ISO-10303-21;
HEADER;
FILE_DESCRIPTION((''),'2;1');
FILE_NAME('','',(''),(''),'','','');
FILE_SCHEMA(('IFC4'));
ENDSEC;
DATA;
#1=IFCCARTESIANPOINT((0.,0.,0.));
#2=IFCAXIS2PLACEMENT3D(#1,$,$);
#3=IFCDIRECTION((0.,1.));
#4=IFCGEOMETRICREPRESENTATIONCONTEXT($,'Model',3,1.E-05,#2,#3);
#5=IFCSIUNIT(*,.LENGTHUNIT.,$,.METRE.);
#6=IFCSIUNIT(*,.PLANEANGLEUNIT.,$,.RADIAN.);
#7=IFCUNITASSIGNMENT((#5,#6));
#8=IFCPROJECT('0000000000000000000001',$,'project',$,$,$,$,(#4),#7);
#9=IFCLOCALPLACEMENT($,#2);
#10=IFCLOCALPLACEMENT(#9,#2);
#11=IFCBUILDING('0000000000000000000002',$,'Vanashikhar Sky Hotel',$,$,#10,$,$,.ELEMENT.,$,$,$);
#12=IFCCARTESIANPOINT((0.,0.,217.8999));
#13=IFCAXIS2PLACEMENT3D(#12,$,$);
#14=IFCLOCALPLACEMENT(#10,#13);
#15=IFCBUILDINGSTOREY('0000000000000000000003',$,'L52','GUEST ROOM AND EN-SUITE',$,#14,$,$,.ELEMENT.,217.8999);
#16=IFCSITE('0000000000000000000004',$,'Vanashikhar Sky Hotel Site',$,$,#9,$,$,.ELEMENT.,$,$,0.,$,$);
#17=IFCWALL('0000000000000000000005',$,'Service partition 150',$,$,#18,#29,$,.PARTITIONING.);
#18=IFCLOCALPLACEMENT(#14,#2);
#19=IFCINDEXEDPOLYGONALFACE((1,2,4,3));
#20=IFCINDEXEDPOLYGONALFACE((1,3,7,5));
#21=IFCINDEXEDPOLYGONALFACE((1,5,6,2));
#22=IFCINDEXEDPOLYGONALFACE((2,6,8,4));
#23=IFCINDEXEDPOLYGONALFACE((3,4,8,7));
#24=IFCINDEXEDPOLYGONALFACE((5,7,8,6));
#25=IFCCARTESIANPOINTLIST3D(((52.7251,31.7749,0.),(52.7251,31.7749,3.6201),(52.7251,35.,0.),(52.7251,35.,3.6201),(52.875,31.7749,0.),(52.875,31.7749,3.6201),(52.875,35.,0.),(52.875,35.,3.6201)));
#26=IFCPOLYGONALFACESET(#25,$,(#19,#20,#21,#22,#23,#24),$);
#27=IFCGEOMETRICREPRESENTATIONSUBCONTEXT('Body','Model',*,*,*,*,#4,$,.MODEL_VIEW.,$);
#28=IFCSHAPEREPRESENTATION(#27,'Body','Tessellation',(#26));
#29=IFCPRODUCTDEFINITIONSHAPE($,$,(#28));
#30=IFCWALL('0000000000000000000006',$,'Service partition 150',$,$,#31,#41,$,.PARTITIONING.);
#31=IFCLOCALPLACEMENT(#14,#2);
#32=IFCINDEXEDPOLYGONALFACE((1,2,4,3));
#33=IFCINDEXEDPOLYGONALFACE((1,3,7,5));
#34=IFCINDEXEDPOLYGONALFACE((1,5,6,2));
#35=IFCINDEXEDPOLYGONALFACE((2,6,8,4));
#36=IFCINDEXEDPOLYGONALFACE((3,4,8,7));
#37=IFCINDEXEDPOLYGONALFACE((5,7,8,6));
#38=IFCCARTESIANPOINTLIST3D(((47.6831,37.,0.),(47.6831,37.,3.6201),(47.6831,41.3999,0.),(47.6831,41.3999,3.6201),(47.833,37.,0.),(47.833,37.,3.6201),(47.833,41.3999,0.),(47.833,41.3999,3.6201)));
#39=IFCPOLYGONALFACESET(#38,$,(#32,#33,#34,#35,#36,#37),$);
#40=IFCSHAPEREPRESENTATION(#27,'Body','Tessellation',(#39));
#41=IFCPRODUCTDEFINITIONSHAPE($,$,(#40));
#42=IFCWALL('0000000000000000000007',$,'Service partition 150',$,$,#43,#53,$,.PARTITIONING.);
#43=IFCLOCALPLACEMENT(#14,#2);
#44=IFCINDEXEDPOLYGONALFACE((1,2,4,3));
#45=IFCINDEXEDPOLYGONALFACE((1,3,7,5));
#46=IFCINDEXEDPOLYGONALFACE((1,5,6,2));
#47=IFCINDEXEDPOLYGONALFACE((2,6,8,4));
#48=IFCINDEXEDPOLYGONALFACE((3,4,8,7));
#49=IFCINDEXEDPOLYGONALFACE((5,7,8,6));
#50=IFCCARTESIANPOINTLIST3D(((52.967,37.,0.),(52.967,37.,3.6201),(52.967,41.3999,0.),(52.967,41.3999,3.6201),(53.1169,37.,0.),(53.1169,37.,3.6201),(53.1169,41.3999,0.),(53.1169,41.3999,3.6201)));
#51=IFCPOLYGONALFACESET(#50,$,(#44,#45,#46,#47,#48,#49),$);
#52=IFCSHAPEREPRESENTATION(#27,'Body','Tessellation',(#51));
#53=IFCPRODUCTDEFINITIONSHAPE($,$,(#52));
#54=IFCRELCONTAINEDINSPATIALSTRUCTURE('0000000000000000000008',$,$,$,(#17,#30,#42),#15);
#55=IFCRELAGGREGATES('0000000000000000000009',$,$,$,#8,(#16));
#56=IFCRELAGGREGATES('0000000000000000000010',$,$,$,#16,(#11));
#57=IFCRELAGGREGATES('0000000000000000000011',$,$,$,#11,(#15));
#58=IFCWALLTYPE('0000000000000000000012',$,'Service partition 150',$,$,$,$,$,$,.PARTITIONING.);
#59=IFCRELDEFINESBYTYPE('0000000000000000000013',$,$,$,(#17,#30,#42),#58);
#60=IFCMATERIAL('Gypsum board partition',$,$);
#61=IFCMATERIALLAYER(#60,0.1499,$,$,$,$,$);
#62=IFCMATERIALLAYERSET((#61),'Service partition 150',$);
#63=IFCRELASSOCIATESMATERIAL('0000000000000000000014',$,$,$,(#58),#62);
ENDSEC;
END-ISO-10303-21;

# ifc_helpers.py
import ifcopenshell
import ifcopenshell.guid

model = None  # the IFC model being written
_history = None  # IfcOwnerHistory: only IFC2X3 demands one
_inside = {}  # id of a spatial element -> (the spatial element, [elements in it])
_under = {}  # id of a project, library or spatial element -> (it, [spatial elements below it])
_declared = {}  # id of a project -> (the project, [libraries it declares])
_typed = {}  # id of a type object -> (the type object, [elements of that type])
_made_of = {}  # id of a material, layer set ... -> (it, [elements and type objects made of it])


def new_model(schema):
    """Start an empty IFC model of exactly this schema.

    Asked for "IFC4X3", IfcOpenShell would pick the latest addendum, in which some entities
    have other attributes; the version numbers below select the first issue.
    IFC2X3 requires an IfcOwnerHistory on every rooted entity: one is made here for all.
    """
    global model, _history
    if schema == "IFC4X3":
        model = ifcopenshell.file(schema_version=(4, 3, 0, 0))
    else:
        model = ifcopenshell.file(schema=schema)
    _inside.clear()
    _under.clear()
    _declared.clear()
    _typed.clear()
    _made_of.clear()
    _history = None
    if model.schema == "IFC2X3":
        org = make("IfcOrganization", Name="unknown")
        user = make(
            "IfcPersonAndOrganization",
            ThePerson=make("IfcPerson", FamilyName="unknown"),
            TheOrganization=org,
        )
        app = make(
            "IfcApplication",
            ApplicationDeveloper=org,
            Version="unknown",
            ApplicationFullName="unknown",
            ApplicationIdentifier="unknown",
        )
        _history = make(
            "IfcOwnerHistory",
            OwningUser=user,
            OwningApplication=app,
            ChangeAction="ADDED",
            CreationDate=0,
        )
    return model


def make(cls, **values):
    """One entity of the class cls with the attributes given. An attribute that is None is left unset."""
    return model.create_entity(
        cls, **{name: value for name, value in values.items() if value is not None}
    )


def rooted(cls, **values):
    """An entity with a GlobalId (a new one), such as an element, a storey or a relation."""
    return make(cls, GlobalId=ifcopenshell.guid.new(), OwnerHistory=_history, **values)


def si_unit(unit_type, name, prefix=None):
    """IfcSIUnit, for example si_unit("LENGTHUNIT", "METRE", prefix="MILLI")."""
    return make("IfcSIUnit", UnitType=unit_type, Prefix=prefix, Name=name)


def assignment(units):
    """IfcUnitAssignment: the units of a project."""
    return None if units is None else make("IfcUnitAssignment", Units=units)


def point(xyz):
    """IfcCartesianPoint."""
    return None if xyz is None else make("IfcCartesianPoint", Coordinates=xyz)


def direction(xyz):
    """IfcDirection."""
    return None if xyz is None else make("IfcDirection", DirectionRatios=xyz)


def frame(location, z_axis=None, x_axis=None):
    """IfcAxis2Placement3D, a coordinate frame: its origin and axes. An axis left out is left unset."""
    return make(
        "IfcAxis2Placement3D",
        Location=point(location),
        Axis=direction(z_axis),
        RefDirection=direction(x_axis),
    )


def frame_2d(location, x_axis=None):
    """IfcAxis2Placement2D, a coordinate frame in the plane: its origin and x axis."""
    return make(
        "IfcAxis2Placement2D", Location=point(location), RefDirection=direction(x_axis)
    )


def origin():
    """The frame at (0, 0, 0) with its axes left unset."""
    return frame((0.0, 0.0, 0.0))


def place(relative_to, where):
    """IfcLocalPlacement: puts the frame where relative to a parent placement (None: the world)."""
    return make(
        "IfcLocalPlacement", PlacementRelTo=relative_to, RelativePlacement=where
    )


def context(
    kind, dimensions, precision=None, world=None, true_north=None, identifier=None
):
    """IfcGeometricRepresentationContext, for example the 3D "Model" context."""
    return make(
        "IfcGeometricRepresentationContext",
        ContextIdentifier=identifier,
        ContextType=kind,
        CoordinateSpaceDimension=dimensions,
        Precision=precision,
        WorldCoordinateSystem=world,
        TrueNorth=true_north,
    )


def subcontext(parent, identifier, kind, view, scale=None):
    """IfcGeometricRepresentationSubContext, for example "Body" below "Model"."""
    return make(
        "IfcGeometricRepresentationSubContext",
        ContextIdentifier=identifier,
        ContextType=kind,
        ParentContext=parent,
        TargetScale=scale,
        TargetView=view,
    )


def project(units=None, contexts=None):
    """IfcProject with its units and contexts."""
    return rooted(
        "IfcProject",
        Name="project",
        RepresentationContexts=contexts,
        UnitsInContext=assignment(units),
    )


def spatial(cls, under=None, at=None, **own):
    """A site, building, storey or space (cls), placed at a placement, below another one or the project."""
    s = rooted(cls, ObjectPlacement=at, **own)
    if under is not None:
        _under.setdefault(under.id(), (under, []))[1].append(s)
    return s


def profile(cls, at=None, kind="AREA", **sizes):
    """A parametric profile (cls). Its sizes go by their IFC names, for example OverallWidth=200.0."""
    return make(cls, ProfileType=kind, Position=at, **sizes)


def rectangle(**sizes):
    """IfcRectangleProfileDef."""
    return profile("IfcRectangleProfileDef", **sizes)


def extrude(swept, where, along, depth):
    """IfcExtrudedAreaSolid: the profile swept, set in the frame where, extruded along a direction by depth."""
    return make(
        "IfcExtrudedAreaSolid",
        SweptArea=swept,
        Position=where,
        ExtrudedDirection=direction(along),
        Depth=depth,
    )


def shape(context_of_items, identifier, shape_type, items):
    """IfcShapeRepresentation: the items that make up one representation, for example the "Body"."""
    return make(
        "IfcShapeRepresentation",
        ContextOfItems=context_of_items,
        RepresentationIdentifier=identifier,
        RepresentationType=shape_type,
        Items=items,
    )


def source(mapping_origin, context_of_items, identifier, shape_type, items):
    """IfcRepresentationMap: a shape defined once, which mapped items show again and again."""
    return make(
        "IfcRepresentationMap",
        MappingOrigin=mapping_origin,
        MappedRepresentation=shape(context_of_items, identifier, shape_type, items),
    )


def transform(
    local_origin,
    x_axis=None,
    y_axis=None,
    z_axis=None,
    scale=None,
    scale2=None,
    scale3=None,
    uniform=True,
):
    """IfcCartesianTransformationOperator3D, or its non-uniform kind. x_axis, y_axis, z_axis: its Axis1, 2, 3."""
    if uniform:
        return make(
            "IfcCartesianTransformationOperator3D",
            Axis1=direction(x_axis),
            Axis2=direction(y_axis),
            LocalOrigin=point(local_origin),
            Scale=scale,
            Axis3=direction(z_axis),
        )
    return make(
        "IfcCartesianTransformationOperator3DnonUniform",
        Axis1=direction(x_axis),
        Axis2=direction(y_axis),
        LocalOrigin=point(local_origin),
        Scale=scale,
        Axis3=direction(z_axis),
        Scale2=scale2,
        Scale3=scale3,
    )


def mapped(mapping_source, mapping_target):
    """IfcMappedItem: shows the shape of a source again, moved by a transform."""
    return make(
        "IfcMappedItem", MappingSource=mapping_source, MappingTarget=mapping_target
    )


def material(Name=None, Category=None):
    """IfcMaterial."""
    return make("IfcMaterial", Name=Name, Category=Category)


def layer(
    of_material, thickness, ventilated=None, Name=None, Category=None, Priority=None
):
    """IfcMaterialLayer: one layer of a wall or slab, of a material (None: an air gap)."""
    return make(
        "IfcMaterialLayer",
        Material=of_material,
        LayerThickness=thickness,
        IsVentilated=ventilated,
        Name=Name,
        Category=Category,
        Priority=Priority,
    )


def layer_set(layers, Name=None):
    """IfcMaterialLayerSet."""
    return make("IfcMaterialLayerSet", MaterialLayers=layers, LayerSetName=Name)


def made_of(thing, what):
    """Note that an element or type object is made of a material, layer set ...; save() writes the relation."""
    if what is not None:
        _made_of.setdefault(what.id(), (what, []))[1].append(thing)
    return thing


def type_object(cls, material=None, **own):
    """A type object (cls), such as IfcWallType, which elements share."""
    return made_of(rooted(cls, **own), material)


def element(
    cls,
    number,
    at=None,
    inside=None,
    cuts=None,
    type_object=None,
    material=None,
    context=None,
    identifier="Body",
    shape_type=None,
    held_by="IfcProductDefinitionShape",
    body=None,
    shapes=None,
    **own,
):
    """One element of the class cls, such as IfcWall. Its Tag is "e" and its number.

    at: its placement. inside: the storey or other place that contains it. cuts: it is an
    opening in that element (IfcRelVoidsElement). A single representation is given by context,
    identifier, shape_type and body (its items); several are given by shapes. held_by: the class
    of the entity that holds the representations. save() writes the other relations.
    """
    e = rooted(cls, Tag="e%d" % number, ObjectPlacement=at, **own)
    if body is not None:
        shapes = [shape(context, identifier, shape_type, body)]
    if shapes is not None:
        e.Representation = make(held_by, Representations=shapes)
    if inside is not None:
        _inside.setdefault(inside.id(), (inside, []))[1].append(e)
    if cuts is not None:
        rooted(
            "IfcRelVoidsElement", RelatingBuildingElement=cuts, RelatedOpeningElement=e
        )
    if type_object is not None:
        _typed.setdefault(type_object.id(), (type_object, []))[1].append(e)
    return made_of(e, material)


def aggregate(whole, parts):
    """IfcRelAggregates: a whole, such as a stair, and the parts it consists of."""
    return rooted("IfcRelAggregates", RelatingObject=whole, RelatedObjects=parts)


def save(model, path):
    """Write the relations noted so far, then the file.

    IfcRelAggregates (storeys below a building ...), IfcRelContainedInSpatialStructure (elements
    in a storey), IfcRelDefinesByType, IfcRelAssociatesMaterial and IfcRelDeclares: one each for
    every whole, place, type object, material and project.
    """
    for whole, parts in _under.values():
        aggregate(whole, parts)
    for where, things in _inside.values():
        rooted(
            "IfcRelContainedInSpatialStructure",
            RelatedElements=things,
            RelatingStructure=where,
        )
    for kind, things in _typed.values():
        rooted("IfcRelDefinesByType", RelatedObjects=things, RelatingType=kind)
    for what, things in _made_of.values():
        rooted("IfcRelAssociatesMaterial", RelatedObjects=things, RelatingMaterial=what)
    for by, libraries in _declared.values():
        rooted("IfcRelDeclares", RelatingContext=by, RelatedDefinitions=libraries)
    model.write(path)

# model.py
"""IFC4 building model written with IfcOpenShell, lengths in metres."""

from ifc_helpers import new_model, si_unit, direction, frame, frame_2d, origin, place, context, subcontext, project, spatial, rectangle, extrude, source, transform, mapped, material, layer, layer_set, type_object, element, save


model = new_model("IFC4")

# Units and contexts
model_context = context("Model", 3, precision=1e-05, world=origin(), true_north=direction((0.0, 1.0)))
body_context = subcontext(model_context, "Body", "Model", "MODEL_VIEW")
ifc_project = project(units=[si_unit("LENGTHUNIT", "METRE"), si_unit("PLANEANGLEUNIT", "RADIAN")], contexts=[model_context])

# Site, building, storey
site_placement = place(None, origin())
site = spatial("IfcSite", under=ifc_project, at=site_placement, Name="Vanashikhar Sky Hotel Site", CompositionType="ELEMENT", RefElevation=0.0)
building_placement = place(site_placement, origin())
building = spatial("IfcBuilding", under=site, at=building_placement, Name="Vanashikhar Sky Hotel", CompositionType="ELEMENT")
storey_placement = place(building_placement, frame((0.0, 0.0, 217.8999)))
storey = spatial("IfcBuildingStorey", under=building, at=storey_placement, Name="L52", Description="GUEST ROOM AND EN-SUITE", CompositionType="ELEMENT", Elevation=217.8999)

# Walls
ifc_material_1 = material(Name="Gypsum board partition")
ifc_layer_1 = layer(ifc_material_1, 0.1499)
ifc_layer_set_1 = layer_set([ifc_layer_1], Name="Service partition 150")
wall_type_1 = type_object("IfcWallType", Name="Service partition 150", PredefinedType="PARTITIONING", material=ifc_layer_set_1)
shared_shape_1 = source(origin(), body_context, "Body", "SweptSolid", [
    extrude(rectangle(XDim=3.2251, YDim=0.1499, at=frame_2d((1.6125, 0.0))), origin(), (0.0, 0.0, 1.0), 3.6201),
])
for number, where, z_axis, x_axis, name in (
    (1, (52.8, 31.7749, 0.0), (0.0, 0.0, 1.0), (0.0, 1.0, 0.0), "Service partition 150"),
):
    element("IfcWall", number, at=place(storey_placement, frame(where, z_axis=z_axis, x_axis=x_axis)), inside=storey, type_object=wall_type_1, Name=name, PredefinedType="PARTITIONING", context=body_context, shape_type="MappedRepresentation", body=[
        mapped(shared_shape_1, transform((0.0, 0.0, 0.0), scale=1.0)),
    ])
shared_shape_2 = source(origin(), body_context, "Body", "SweptSolid", [
    extrude(rectangle(XDim=4.3999, YDim=0.1499, at=frame_2d((2.2, 0.0))), origin(), (0.0, 0.0, 1.0), 3.6201),
])
for number, where, z_axis, x_axis, name in (
    (2, (47.7581, 37.0, 0.0), (0.0, 0.0, 1.0), (0.0, 1.0, 0.0), "Service partition 150"),
    (3, (53.042, 37.0, 0.0), (0.0, 0.0, 1.0), (0.0, 1.0, 0.0), "Service partition 150"),
):
    element("IfcWall", number, at=place(storey_placement, frame(where, z_axis=z_axis, x_axis=x_axis)), inside=storey, type_object=wall_type_1, Name=name, PredefinedType="PARTITIONING", context=body_context, shape_type="MappedRepresentation", body=[
        mapped(shared_shape_2, transform((0.0, 0.0, 0.0), scale=1.0)),
    ])

save(model, "model.ifc")
